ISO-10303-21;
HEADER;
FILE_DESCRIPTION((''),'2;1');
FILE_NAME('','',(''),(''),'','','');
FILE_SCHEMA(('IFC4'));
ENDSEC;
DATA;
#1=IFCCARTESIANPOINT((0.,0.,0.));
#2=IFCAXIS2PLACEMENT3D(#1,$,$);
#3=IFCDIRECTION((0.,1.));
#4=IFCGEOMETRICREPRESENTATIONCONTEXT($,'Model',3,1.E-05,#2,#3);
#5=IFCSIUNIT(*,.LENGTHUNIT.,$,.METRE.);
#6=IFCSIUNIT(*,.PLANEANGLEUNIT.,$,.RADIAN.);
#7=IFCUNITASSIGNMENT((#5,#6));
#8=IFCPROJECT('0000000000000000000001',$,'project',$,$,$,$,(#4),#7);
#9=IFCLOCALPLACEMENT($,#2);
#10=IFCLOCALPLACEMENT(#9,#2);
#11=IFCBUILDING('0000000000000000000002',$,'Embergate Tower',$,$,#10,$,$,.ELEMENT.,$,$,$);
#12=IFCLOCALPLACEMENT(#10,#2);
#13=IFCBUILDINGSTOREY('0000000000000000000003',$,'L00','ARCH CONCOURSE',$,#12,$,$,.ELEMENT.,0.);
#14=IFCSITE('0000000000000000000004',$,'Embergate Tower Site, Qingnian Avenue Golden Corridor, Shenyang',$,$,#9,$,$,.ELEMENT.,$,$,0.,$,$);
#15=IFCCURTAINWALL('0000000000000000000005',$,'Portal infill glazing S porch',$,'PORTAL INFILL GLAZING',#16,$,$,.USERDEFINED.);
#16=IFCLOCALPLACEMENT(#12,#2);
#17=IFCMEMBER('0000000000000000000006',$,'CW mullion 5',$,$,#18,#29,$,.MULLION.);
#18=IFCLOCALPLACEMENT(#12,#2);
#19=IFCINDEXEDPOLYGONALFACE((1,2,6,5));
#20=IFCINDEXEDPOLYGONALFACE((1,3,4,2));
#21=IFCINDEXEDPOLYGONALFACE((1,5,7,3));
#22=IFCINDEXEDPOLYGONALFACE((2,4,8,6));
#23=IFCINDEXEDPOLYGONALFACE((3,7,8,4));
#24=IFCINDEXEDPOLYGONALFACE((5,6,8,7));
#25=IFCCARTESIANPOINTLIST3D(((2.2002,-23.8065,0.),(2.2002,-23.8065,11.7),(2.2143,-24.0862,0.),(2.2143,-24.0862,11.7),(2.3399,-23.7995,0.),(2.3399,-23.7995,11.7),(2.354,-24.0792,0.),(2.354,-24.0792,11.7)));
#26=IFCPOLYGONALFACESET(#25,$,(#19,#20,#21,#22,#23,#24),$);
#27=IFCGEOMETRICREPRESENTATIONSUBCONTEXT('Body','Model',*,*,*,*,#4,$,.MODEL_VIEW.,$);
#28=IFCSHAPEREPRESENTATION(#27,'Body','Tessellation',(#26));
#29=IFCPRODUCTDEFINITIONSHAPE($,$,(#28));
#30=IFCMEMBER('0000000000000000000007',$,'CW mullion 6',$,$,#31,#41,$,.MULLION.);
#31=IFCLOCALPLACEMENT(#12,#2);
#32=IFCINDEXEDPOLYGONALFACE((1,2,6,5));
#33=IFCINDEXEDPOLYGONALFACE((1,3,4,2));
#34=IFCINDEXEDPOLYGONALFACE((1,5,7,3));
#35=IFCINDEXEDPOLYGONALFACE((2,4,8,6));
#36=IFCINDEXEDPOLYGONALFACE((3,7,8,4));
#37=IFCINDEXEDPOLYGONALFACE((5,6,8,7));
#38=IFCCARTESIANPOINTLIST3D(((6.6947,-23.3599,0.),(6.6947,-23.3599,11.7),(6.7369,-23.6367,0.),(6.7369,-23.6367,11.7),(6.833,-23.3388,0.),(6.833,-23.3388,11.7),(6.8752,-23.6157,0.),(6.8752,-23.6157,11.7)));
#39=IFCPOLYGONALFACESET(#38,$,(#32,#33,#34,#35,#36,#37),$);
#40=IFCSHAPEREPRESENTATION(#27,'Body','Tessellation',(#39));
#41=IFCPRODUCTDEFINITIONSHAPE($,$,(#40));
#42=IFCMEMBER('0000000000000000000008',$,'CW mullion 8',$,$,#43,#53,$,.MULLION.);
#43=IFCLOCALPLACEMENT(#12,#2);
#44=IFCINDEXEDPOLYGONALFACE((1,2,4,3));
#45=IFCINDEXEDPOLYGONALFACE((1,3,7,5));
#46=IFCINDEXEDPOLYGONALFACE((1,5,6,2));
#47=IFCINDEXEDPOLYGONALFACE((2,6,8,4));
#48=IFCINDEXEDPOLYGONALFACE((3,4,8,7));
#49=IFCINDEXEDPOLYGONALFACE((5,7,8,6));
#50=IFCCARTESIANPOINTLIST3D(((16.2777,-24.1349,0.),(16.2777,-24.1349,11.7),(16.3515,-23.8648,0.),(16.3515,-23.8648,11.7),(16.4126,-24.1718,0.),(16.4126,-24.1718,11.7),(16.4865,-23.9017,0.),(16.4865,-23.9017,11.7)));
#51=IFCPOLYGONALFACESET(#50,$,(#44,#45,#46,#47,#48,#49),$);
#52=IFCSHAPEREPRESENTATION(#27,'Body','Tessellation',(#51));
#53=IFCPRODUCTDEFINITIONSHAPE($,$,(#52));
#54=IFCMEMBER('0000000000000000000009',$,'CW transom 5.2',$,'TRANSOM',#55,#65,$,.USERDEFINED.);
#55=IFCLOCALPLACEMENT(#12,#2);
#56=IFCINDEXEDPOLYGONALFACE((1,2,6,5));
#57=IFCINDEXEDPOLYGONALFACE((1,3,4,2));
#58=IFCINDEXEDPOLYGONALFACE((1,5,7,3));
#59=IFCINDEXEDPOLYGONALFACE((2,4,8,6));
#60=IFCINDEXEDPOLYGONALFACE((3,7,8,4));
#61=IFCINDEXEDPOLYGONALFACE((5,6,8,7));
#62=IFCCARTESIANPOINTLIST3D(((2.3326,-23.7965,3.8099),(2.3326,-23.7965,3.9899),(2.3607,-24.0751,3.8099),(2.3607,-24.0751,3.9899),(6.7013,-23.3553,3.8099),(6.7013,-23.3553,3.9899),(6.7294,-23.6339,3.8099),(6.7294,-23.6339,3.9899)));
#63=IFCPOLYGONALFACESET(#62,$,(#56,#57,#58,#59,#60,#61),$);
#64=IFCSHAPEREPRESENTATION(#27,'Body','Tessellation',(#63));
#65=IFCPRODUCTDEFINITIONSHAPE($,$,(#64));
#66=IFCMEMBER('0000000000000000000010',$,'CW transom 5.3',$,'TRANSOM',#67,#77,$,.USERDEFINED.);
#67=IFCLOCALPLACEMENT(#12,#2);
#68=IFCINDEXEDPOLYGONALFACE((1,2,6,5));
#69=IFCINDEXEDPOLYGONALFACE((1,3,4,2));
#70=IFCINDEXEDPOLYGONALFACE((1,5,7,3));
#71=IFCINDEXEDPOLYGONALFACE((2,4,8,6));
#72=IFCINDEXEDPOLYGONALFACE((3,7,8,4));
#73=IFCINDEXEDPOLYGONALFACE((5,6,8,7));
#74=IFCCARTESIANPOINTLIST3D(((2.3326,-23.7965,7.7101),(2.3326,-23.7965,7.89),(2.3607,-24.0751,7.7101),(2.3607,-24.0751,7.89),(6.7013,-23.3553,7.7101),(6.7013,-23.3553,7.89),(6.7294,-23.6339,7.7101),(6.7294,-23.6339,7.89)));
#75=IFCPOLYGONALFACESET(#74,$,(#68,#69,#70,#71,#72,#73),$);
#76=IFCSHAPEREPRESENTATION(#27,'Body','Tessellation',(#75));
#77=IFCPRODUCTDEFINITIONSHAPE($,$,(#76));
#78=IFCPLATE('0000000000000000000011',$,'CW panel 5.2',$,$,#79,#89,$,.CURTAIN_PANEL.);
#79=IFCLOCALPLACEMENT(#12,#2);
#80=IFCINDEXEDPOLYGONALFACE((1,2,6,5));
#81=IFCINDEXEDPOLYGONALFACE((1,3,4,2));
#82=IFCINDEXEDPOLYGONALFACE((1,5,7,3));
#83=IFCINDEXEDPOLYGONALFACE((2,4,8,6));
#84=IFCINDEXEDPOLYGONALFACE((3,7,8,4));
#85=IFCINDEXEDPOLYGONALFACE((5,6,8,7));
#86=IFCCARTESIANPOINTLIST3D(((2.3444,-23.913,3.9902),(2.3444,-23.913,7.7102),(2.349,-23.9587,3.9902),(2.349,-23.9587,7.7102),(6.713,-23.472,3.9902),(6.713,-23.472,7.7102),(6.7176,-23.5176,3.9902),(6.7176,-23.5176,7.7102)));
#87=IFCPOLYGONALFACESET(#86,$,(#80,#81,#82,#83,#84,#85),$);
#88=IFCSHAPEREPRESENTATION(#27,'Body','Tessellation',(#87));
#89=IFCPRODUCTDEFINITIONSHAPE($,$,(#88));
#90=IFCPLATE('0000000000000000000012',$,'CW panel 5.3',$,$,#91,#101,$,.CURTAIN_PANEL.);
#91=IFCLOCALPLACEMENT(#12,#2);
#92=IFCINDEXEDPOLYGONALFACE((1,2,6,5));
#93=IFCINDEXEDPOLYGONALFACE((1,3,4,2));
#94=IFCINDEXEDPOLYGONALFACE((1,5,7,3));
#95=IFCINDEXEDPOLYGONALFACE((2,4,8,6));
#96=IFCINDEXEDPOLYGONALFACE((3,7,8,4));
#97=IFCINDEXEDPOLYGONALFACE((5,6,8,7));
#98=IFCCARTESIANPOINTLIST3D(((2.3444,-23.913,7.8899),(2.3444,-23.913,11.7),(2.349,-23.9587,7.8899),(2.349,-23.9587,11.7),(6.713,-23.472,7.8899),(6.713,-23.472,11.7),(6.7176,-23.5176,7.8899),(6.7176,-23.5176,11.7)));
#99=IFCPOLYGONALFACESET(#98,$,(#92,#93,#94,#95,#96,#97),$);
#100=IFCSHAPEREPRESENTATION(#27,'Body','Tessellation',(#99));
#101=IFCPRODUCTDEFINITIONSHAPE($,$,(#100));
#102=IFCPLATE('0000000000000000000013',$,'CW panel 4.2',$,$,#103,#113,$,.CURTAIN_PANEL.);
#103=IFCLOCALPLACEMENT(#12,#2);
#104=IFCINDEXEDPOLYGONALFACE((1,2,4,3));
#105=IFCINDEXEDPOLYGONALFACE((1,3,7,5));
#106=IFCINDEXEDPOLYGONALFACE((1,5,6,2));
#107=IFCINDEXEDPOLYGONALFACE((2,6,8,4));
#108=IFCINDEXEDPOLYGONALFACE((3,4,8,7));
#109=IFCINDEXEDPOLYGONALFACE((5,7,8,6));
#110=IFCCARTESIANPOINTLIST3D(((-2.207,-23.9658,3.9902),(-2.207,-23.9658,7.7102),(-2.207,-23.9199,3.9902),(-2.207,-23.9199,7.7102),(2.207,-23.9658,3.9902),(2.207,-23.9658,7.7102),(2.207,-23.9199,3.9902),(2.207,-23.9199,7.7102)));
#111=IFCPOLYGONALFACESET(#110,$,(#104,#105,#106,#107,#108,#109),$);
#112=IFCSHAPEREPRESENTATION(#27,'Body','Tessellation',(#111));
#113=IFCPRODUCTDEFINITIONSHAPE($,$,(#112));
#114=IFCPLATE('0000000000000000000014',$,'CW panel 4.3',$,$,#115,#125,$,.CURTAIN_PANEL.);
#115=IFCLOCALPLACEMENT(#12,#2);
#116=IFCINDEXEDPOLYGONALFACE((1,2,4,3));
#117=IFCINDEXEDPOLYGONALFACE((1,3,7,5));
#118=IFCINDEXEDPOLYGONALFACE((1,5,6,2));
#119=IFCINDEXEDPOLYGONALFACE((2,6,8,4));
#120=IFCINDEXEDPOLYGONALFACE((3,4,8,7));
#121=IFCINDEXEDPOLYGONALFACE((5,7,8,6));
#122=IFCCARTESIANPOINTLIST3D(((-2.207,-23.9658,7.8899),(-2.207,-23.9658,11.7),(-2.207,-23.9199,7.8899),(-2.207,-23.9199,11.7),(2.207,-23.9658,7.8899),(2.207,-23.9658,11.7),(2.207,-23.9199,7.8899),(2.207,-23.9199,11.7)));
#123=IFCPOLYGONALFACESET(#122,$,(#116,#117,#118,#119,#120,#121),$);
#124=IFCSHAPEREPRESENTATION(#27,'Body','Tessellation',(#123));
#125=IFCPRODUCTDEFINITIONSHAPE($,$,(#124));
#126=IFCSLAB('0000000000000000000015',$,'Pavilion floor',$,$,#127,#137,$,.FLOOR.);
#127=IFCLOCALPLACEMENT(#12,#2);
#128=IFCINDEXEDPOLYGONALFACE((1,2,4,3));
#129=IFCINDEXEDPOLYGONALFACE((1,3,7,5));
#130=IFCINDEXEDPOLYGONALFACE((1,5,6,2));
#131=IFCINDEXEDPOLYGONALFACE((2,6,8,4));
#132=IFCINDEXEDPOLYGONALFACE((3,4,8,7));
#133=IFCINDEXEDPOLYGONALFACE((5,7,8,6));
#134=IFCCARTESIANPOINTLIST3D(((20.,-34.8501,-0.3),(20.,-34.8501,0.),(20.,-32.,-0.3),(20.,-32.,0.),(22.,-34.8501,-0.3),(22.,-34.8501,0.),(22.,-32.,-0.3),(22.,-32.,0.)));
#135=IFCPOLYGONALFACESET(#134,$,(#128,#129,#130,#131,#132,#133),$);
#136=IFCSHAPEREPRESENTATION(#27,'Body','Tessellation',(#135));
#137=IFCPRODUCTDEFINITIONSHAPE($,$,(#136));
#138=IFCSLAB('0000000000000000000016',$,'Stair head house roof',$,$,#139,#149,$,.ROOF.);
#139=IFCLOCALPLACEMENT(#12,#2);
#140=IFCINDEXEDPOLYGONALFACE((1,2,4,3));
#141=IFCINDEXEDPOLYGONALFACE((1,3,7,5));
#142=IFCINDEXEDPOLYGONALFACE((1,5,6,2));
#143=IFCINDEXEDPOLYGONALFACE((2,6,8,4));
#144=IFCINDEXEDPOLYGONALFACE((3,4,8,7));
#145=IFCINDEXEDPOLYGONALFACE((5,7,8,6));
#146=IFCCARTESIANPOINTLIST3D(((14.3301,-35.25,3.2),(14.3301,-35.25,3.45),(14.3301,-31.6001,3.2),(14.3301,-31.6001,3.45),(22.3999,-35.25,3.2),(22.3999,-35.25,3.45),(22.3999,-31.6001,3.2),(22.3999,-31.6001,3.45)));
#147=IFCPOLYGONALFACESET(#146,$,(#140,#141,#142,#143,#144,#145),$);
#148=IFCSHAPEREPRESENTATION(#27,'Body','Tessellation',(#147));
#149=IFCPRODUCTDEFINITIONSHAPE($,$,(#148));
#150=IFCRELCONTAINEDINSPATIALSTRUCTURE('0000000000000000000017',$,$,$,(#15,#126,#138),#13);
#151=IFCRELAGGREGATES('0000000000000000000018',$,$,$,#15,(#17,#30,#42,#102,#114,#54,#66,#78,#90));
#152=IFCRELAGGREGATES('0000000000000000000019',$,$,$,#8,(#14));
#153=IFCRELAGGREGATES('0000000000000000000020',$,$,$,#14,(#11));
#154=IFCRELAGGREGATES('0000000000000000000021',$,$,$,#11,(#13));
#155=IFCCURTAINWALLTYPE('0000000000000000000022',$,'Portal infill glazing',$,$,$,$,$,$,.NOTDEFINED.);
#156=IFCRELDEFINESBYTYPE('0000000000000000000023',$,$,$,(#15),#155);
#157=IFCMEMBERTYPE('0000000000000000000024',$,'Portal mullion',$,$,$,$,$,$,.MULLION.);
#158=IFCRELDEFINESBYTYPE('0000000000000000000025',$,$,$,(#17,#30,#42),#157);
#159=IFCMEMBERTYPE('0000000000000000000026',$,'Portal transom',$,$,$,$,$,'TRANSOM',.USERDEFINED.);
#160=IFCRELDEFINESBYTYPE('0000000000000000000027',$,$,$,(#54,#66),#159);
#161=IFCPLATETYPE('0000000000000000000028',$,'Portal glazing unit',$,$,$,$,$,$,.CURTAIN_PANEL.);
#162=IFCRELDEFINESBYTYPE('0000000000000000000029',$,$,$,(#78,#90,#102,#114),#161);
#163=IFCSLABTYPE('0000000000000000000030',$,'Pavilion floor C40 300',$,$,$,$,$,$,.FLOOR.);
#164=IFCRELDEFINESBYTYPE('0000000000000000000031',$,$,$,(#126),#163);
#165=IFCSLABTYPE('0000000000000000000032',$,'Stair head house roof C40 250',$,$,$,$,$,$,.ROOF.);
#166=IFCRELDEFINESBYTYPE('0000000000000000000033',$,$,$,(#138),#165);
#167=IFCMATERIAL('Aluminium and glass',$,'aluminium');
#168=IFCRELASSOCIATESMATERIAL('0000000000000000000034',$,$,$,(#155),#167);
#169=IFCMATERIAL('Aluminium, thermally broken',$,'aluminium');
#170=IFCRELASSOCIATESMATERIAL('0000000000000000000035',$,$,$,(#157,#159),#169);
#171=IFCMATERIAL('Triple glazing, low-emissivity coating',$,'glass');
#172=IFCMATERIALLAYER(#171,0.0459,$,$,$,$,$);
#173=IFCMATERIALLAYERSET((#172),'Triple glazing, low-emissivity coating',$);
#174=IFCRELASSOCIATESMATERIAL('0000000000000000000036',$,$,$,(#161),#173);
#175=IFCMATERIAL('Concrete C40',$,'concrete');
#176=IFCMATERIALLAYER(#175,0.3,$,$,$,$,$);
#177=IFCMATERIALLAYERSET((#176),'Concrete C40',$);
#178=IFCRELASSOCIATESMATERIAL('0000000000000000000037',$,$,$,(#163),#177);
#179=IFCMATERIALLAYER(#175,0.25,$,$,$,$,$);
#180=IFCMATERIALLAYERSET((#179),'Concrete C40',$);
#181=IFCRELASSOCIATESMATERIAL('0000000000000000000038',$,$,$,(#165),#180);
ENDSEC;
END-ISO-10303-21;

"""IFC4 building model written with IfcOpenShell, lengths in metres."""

from ifc_helpers import new_model, si_unit, direction, frame, origin, origin_2d, place, context, subcontext, project, spatial, polyline, rectangle, outline, extrude, source, transform, mapped, material, layer, layer_set, material_profile, profile_set, type_object, element, aggregate, save


model = new_model("IFC4")

# Units and contexts
model_context = context("Model", 3, precision=1e-05, world=origin(), true_north=direction((0.0, 1.0)))
body_context = subcontext(model_context, "Body", "Model", "MODEL_VIEW")
ifc_project = project(units=[si_unit("LENGTHUNIT", "METRE"), si_unit("PLANEANGLEUNIT", "RADIAN")], contexts=[model_context])

# Site, building, storey
site_placement = place(None, origin())
site = spatial("IfcSite", under=ifc_project, at=site_placement, Name="Embergate Tower Site, Qingnian Avenue Golden Corridor, Shenyang", CompositionType="ELEMENT", RefElevation=0.0)
building_placement = place(site_placement, origin())
building = spatial("IfcBuilding", under=site, at=building_placement, Name="Embergate Tower", CompositionType="ELEMENT")
storey_placement = place(building_placement, origin())
storey = spatial("IfcBuildingStorey", under=building, at=storey_placement, Name="L00", Description="ARCH CONCOURSE", CompositionType="ELEMENT", Elevation=0.0)

# Curtain wall, members
ifc_material_1 = material(Name="Aluminium and glass", Category="aluminium")
curtain_wall_type = type_object("IfcCurtainWallType", Name="Portal infill glazing", PredefinedType="NOTDEFINED", material=ifc_material_1)
curtain_wall_placement = place(storey_placement, origin())
curtain_wall = element("IfcCurtainWall", 1, at=curtain_wall_placement, inside=storey, type_object=curtain_wall_type, Name="Portal infill glazing S porch", ObjectType="PORTAL INFILL GLAZING", PredefinedType="USERDEFINED")
ifc_material_2 = material(Name="Aluminium, thermally broken", Category="aluminium")
ifc_material_profile_1 = material_profile(ifc_material_2, rectangle(XDim=0.28, YDim=0.1399, at=origin_2d()), Name="AL 140x280")
ifc_profile_set_1 = profile_set([ifc_material_profile_1], Name="Aluminium, thermally broken")
member_type_1 = type_object("IfcMemberType", Name="Portal mullion", PredefinedType="MULLION", material=ifc_profile_set_1)
shared_shape_1 = source(origin(), body_context, "Body", "SweptSolid", [
    extrude(rectangle(XDim=0.28, YDim=0.1399, at=origin_2d()), origin(), (0.0, 0.0, 1.0), 11.7),
])
member_1_placement = place(storey_placement, frame((2.2771, -23.9429, 0.0), z_axis=(0.0, 0.0, 1.0), x_axis=(-0.050161, 0.998741, 0.0)))
member_1 = element("IfcMember", 2, at=member_1_placement, type_object=member_type_1, Name="CW mullion 5", PredefinedType="MULLION", context=body_context, shape_type="MappedRepresentation", body=[
    mapped(shared_shape_1, transform((0.0, 0.0, 0.0))),
])
member_2_placement = place(storey_placement, frame((6.7849, -23.4878, 0.0), z_axis=(0.0, 0.0, 1.0), x_axis=(-0.150667, 0.988585, 0.0)))
member_2 = element("IfcMember", 3, at=member_2_placement, type_object=member_type_1, Name="CW mullion 6", PredefinedType="MULLION", context=body_context, shape_type="MappedRepresentation", body=[
    mapped(shared_shape_1, transform((0.0, 0.0, 0.0))),
])
member_3_placement = place(storey_placement, frame((16.3821, -24.0183, 0.0), z_axis=(0.0, 0.0, 1.0), x_axis=(0.263693, 0.964607, 0.0)))
member_3 = element("IfcMember", 4, at=member_3_placement, type_object=member_type_1, Name="CW mullion 8", PredefinedType="MULLION", context=body_context, shape_type="MappedRepresentation", body=[
    mapped(shared_shape_1, transform((0.0, 0.0, 0.0))),
])
ifc_material_profile_2 = material_profile(ifc_material_2, rectangle(XDim=0.28, YDim=0.1799, at=origin_2d()), Name="AL 180x280")
ifc_profile_set_2 = profile_set([ifc_material_profile_2], Name="Aluminium, thermally broken")
member_type_2 = type_object("IfcMemberType", Name="Portal transom", ElementType="TRANSOM", PredefinedType="USERDEFINED", material=ifc_profile_set_2)
shared_shape_2 = source(origin(), body_context, "Body", "SweptSolid", [
    extrude(rectangle(XDim=0.28, YDim=0.1799, at=origin_2d()), origin(), (0.0, 0.0, 1.0), 4.3909),
])
member_4_placement = place(storey_placement, frame((2.3467, -23.9358, 3.8999), z_axis=(0.99494, 0.100473, 0.0), x_axis=(-0.100473, 0.99494, 0.0)))
member_4 = element("IfcMember", 5, at=member_4_placement, type_object=member_type_2, Name="CW transom 5.2", ObjectType="TRANSOM", PredefinedType="USERDEFINED", context=body_context, shape_type="MappedRepresentation", body=[
    mapped(shared_shape_2, transform((0.0, 0.0, 0.0))),
])
member_5_placement = place(storey_placement, frame((2.3467, -23.9358, 7.8), z_axis=(0.99494, 0.100473, 0.0), x_axis=(-0.100473, 0.99494, 0.0)))
member_5 = element("IfcMember", 6, at=member_5_placement, type_object=member_type_2, Name="CW transom 5.3", ObjectType="TRANSOM", PredefinedType="USERDEFINED", context=body_context, shape_type="MappedRepresentation", body=[
    mapped(shared_shape_2, transform((0.0, 0.0, 0.0))),
])

# Plates
ifc_material_3 = material(Name="Triple glazing, low-emissivity coating", Category="glass")
ifc_layer_1 = layer(ifc_material_3, 0.0459)
ifc_layer_set_1 = layer_set([ifc_layer_1], Name="Triple glazing, low-emissivity coating")
plate_type = type_object("IfcPlateType", Name="Portal glazing unit", PredefinedType="CURTAIN_PANEL", material=ifc_layer_set_1)
shared_shape_3 = source(origin(), body_context, "Body", "SweptSolid", [
    extrude(rectangle(XDim=4.3909, YDim=0.0459, at=origin_2d()), origin(), (0.0, 0.0, 1.0), 3.72),
])
plate_1_placement = place(storey_placement, frame((4.531, -23.7153, 3.9902), z_axis=(0.0, 0.0, 1.0), x_axis=(0.994942, 0.100452, 0.0)))
plate_1 = element("IfcPlate", 7, at=plate_1_placement, type_object=plate_type, Name="CW panel 5.2", PredefinedType="CURTAIN_PANEL", context=body_context, shape_type="MappedRepresentation", body=[
    mapped(shared_shape_3, transform((0.0, 0.0, 0.0))),
])
shared_shape_4 = source(origin(), body_context, "Body", "SweptSolid", [
    extrude(rectangle(XDim=4.3909, YDim=0.0459, at=origin_2d()), origin(), (0.0, 0.0, 1.0), 3.8101),
])
plate_2_placement = place(storey_placement, frame((4.531, -23.7153, 7.8899), z_axis=(0.0, 0.0, 1.0), x_axis=(0.994942, 0.100452, 0.0)))
plate_2 = element("IfcPlate", 8, at=plate_2_placement, type_object=plate_type, Name="CW panel 5.3", PredefinedType="CURTAIN_PANEL", context=body_context, shape_type="MappedRepresentation", body=[
    mapped(shared_shape_4, transform((0.0, 0.0, 0.0))),
])
shared_shape_5 = source(origin(), body_context, "Body", "SweptSolid", [
    extrude(rectangle(XDim=4.4141, YDim=0.0459, at=origin_2d()), origin(), (0.0, 0.0, 1.0), 3.72),
])
plate_3_placement = place(storey_placement, frame((0.0, -23.9429, 3.9902), z_axis=(0.0, 0.0, 1.0), x_axis=(1.0, 0.0, 0.0)))
plate_3 = element("IfcPlate", 9, at=plate_3_placement, type_object=plate_type, Name="CW panel 4.2", PredefinedType="CURTAIN_PANEL", context=body_context, shape_type="MappedRepresentation", body=[
    mapped(shared_shape_5, transform((0.0, 0.0, 0.0))),
])
shared_shape_6 = source(origin(), body_context, "Body", "SweptSolid", [
    extrude(rectangle(XDim=4.4141, YDim=0.0459, at=origin_2d()), origin(), (0.0, 0.0, 1.0), 3.8101),
])
plate_4_placement = place(storey_placement, frame((0.0, -23.9429, 7.8899), z_axis=(0.0, 0.0, 1.0), x_axis=(1.0, 0.0, 0.0)))
plate_4 = element("IfcPlate", 10, at=plate_4_placement, type_object=plate_type, Name="CW panel 4.3", PredefinedType="CURTAIN_PANEL", context=body_context, shape_type="MappedRepresentation", body=[
    mapped(shared_shape_6, transform((0.0, 0.0, 0.0))),
])
aggregate(curtain_wall, [member_1, member_2, member_3, plate_3, plate_4, member_4, member_5, plate_1, plate_2])

# Slabs
ifc_material_4 = material(Name="Concrete C40", Category="concrete")
ifc_layer_2 = layer(ifc_material_4, 0.3)
ifc_layer_set_2 = layer_set([ifc_layer_2], Name="Concrete C40")
slab_type_1 = type_object("IfcSlabType", Name="Pavilion floor C40 300", PredefinedType="FLOOR", material=ifc_layer_set_2)
shared_shape_7 = source(origin(), body_context, "Body", "SweptSolid", [
    extrude(outline(polyline([(0.0, 0.0), (0.0, 2.8501), (2.0, 2.8501), (2.0, 0.0), (0.0, 0.0)])), origin(), (0.0, 0.0, 1.0), 0.3),
])
slab_1_placement = place(storey_placement, frame((20.0, -34.8501, -0.3)))
element("IfcSlab", 11, at=slab_1_placement, inside=storey, type_object=slab_type_1, Name="Pavilion floor", PredefinedType="FLOOR", context=body_context, shape_type="MappedRepresentation", body=[
    mapped(shared_shape_7, transform((0.0, 0.0, 0.0))),
])
ifc_layer_3 = layer(ifc_material_4, 0.25)
ifc_layer_set_3 = layer_set([ifc_layer_3], Name="Concrete C40")
slab_type_2 = type_object("IfcSlabType", Name="Stair head house roof C40 250", PredefinedType="ROOF", material=ifc_layer_set_3)
shared_shape_8 = source(origin(), body_context, "Body", "SweptSolid", [
    extrude(outline(polyline([(0.0, 0.0), (8.0698, 0.0), (8.0698, 3.6499), (0.0, 3.6499), (0.0, 0.0)])), origin(), (0.0, 0.0, 1.0), 0.25),
])
slab_2_placement = place(storey_placement, frame((14.3301, -35.25, 3.2)))
element("IfcSlab", 12, at=slab_2_placement, inside=storey, type_object=slab_type_2, Name="Stair head house roof", PredefinedType="ROOF", context=body_context, shape_type="MappedRepresentation", body=[
    mapped(shared_shape_8, transform((0.0, 0.0, 0.0))),
])

save(model, "model.ifc")
